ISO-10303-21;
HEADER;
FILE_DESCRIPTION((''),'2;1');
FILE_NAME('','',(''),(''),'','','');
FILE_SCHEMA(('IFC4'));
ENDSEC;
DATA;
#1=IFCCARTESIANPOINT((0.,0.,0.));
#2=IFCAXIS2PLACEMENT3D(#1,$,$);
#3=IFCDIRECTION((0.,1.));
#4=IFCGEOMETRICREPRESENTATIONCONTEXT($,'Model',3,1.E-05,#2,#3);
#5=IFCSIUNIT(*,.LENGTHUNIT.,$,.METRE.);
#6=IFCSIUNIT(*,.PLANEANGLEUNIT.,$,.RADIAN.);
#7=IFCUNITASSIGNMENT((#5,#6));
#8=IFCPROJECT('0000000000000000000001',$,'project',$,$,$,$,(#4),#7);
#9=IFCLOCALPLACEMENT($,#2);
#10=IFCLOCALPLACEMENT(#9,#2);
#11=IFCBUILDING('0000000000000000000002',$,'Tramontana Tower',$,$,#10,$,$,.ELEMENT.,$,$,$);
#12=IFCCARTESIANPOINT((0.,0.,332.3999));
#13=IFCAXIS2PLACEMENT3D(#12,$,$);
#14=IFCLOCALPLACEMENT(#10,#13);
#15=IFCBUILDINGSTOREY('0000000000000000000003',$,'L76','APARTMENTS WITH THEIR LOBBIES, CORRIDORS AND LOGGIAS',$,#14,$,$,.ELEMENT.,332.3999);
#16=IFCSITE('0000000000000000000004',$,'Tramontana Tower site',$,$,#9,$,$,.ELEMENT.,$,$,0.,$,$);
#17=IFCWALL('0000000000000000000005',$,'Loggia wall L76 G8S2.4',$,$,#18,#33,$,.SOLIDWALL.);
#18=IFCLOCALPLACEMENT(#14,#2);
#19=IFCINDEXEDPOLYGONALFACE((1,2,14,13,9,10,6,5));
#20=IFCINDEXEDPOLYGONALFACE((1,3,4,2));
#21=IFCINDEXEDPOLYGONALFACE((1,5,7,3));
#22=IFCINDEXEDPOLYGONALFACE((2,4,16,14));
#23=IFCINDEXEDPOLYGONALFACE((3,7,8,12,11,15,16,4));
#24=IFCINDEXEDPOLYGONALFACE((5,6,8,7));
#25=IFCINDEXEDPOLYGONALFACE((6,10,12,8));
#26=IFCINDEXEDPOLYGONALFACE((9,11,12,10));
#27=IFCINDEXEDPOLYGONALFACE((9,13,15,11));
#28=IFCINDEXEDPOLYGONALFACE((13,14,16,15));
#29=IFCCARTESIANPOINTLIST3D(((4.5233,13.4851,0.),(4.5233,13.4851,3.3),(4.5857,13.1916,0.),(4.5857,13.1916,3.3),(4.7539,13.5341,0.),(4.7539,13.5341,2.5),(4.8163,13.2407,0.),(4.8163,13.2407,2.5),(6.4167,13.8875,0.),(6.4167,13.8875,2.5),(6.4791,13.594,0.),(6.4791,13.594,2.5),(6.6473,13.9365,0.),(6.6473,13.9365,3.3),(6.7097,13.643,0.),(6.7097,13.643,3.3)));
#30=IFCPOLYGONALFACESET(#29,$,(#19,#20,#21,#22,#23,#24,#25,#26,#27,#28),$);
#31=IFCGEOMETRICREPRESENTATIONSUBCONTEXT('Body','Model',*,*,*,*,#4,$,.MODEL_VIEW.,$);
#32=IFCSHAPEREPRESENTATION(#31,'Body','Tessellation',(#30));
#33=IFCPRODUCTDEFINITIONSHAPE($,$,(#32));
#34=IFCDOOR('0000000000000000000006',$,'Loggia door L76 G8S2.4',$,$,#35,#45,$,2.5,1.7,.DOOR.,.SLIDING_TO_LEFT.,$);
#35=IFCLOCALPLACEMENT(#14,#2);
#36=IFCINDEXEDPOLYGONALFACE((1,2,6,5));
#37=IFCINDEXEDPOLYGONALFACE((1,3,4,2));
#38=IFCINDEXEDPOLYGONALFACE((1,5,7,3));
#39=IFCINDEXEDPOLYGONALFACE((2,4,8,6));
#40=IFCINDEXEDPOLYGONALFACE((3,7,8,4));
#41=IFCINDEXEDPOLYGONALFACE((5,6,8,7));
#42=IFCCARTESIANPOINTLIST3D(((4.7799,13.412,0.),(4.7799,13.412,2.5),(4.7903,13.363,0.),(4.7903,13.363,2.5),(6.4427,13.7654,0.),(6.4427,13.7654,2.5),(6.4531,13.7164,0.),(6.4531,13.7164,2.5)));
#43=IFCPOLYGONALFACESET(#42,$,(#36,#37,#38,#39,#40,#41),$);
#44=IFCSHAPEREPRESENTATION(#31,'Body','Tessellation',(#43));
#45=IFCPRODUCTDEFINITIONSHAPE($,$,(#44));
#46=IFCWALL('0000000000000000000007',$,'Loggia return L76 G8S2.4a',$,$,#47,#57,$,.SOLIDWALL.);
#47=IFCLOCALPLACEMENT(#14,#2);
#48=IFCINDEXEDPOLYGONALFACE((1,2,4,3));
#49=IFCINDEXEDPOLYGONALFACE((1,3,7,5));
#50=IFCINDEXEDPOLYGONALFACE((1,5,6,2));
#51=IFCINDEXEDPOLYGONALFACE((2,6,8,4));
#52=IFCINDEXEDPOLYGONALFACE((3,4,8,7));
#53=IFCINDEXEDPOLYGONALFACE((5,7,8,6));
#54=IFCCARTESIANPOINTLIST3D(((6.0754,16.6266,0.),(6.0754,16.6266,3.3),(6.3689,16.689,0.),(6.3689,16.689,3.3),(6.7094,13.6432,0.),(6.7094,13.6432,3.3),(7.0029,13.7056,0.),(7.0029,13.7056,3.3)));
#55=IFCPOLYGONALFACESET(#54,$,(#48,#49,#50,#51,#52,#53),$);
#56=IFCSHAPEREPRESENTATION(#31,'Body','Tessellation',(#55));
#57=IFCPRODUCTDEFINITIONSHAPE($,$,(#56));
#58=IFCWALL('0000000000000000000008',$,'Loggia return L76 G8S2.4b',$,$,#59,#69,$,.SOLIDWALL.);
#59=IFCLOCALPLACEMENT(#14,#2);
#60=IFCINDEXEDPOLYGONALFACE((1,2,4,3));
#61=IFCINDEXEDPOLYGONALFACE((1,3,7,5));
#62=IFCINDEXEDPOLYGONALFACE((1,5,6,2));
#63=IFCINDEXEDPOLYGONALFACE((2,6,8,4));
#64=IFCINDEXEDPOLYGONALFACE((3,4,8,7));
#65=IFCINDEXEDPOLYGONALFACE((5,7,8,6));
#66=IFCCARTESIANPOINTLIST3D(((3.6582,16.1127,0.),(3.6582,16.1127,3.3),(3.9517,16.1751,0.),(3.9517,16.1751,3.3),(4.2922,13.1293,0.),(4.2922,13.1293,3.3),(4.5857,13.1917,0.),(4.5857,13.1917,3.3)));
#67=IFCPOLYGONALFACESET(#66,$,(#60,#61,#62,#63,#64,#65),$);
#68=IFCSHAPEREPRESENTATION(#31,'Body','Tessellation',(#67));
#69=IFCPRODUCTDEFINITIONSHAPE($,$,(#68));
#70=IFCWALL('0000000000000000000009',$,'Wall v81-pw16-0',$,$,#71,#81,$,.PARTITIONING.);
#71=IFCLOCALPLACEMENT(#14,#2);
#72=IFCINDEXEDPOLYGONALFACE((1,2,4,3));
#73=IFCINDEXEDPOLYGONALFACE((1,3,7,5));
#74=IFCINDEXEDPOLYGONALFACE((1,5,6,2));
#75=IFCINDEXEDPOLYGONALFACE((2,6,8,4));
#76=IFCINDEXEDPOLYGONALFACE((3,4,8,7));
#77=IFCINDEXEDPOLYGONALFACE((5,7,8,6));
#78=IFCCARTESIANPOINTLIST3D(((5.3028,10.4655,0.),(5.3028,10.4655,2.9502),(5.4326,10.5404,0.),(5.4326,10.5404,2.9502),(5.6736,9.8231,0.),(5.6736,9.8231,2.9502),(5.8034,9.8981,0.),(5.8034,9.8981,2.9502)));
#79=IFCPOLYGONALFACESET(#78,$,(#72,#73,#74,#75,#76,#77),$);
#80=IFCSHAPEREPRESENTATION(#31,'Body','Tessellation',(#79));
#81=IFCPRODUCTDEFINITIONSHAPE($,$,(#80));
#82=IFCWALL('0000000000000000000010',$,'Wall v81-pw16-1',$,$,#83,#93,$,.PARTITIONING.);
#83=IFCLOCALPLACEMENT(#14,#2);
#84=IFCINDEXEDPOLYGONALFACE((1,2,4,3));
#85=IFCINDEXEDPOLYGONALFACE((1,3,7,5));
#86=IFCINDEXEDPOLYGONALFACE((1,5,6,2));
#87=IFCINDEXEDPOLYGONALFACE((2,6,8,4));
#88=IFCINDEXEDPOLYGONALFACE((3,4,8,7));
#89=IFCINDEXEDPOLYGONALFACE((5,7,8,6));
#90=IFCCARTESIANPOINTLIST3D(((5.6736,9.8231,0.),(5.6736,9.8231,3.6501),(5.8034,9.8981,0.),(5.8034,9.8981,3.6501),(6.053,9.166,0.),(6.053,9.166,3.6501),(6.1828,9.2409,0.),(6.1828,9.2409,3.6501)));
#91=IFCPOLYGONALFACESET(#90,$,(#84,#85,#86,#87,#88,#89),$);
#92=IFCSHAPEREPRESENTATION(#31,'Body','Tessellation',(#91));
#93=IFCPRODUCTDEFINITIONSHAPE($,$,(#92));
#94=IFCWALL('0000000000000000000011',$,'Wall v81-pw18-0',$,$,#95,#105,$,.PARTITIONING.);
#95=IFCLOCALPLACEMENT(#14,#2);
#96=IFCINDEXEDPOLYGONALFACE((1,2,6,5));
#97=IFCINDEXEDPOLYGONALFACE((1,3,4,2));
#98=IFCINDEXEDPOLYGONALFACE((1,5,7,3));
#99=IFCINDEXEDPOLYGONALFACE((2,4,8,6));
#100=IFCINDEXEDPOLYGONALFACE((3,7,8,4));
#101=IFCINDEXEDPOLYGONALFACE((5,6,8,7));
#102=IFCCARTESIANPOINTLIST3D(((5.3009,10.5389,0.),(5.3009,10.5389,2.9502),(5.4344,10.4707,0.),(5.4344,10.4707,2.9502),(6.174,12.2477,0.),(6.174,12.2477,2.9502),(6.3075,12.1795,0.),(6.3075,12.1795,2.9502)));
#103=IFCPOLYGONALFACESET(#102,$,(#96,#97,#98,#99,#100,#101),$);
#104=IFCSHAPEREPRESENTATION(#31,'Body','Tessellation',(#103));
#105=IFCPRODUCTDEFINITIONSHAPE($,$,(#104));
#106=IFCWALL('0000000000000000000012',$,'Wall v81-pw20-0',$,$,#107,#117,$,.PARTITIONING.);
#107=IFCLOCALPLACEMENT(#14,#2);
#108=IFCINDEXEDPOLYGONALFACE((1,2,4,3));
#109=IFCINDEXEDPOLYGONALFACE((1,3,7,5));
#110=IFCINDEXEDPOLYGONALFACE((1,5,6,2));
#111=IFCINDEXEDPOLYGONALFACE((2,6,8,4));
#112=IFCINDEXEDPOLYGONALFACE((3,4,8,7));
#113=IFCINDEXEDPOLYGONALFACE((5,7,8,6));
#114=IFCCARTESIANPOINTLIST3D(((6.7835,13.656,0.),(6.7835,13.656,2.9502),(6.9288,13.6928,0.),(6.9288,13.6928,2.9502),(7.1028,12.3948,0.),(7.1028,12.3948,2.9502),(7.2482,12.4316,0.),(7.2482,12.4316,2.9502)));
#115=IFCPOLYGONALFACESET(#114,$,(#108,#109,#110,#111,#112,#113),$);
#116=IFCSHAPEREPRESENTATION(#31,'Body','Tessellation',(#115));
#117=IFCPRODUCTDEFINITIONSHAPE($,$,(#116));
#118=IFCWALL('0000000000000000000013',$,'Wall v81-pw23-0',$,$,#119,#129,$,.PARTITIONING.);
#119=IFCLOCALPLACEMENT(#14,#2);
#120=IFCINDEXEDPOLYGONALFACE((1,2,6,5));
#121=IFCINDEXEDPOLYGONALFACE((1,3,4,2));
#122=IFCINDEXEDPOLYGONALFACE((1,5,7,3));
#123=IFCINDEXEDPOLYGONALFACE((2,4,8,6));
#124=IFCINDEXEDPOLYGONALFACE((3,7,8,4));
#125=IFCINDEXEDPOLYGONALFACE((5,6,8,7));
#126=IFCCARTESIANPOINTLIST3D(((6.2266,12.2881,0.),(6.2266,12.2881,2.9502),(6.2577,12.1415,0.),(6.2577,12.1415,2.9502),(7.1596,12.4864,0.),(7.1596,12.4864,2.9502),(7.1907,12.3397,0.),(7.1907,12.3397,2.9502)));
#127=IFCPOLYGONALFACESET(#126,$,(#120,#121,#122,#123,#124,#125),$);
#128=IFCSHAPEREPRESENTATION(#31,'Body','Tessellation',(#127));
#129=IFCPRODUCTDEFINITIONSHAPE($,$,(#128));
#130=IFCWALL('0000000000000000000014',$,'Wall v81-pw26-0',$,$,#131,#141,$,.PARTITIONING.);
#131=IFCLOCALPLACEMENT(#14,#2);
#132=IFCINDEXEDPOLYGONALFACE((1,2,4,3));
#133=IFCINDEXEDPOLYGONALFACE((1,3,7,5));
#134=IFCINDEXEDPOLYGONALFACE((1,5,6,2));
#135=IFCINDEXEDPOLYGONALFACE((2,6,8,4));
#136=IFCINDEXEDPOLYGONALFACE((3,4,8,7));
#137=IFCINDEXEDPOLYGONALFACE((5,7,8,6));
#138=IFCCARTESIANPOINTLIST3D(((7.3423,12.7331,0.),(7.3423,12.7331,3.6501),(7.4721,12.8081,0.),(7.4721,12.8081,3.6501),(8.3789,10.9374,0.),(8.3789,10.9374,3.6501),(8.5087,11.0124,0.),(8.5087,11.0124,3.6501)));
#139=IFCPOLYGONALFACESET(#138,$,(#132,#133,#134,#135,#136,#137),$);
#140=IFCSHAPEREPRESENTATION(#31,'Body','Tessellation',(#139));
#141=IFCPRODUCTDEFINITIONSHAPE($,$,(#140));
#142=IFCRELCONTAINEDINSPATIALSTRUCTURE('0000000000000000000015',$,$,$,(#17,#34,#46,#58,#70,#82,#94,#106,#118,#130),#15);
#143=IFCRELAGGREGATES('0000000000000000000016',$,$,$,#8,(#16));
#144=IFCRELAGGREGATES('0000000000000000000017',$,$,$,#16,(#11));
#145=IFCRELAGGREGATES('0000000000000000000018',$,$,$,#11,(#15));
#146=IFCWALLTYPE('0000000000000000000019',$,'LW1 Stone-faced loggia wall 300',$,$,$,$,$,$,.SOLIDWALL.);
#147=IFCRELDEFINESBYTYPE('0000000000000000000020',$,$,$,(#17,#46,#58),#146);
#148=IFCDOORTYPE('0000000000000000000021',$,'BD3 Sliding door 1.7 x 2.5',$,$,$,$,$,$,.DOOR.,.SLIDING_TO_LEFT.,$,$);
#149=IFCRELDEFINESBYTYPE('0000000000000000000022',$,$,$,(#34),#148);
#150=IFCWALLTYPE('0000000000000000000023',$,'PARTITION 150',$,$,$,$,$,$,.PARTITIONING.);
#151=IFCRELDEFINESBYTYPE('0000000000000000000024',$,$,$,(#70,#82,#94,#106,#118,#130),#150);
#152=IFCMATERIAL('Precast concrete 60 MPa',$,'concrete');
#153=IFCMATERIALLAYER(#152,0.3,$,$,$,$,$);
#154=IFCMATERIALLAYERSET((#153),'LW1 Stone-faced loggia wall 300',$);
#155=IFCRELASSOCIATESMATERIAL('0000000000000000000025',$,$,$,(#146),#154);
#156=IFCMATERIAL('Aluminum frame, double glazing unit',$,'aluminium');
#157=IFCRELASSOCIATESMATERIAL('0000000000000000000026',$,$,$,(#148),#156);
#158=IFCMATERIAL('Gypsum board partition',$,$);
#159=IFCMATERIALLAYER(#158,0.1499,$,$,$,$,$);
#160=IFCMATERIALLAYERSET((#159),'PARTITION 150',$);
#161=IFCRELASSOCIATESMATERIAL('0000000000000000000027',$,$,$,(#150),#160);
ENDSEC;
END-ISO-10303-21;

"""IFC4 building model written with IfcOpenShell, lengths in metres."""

from ifc_helpers import new_model, si_unit, direction, frame, frame_2d, origin, place, context, subcontext, project, spatial, rectangle, extrude, material, layer, layer_set, type_object, element, fill, save


model = new_model("IFC4")

# Units and contexts
model_context = context("Model", 3, precision=1e-05, world=origin(), true_north=direction((0.0, 1.0)))
body_context = subcontext(model_context, "Body", "Model", "MODEL_VIEW")
ifc_project = project(units=[si_unit("LENGTHUNIT", "METRE"), si_unit("PLANEANGLEUNIT", "RADIAN")], contexts=[model_context])

# Site, building, storey
site_placement = place(None, origin())
site = spatial("IfcSite", under=ifc_project, at=site_placement, Name="Tramontana Tower site", CompositionType="ELEMENT", RefElevation=0.0)
building_placement = place(site_placement, origin())
building = spatial("IfcBuilding", under=site, at=building_placement, Name="Tramontana Tower", CompositionType="ELEMENT")
storey_placement = place(building_placement, frame((0.0, 0.0, 332.3999)))
storey = spatial("IfcBuildingStorey", under=building, at=storey_placement, Name="L76", Description="APARTMENTS WITH THEIR LOBBIES, CORRIDORS AND LOGGIAS", CompositionType="ELEMENT", Elevation=332.3999)

# Wall, opening, door
ifc_material_1 = material(Name="Precast concrete 60 MPa", Category="concrete")
ifc_layer_1 = layer(ifc_material_1, 0.3)
ifc_layer_set_1 = layer_set([ifc_layer_1], Name="LW1 Stone-faced loggia wall 300")
wall_type_1 = type_object("IfcWallType", Name="LW1 Stone-faced loggia wall 300", PredefinedType="SOLIDWALL", material=ifc_layer_set_1)
wall_1_placement = place(storey_placement, frame((6.6785, 13.7898, 0.0), z_axis=(0.0, 0.0, 1.0), x_axis=(-0.978153, -0.207886, 0.0)))
wall_1 = element("IfcWall", 1, at=wall_1_placement, inside=storey, type_object=wall_type_1, Name="Loggia wall L76 G8S2.4", PredefinedType="SOLIDWALL", context=body_context, shape_type="SweptSolid", body=[
    extrude(rectangle(XDim=2.1714, YDim=0.3, at=frame_2d((1.0857, 0.0))), origin(), (0.0, 0.0, 1.0), 3.3),
])
opening_1_placement = place(wall_1_placement, frame((0.2356, 0.0, 0.0)))
opening_1 = element("IfcOpeningElement", 2, at=opening_1_placement, cuts=wall_1, PredefinedType="OPENING", context=body_context, shape_type="SweptSolid", body=[
    extrude(rectangle(XDim=1.7, YDim=2.5, at=frame_2d((0.8501, 1.25))), frame((0.0, 0.1599, 0.0), z_axis=(0.0, -1.0, 0.0), x_axis=(1.0, 0.0, 0.0)), (0.0, 0.0, 1.0), 0.3201),
])
ifc_material_2 = material(Name="Aluminum frame, double glazing unit", Category="aluminium")
door_type_1 = type_object("IfcDoorType", Name="BD3 Sliding door 1.7 x 2.5", OperationType="SLIDING_TO_LEFT", PredefinedType="DOOR", material=ifc_material_2)
door_1_placement = place(opening_1_placement, origin())
door_1 = element("IfcDoor", 3, at=door_1_placement, inside=storey, type_object=door_type_1, Name="Loggia door L76 G8S2.4", OperationType="SLIDING_TO_LEFT", OverallHeight=2.5, OverallWidth=1.7, PredefinedType="DOOR", context=body_context, shape_type="SweptSolid", body=[
    extrude(rectangle(XDim=1.7, YDim=2.5, at=frame_2d((0.8501, 1.25))), frame((0.0, 0.0249, 0.0), z_axis=(0.0, -1.0, 0.0), x_axis=(1.0, 0.0, 0.0)), (0.0, 0.0, 1.0), 0.05),
])
fill(opening_1, door_1)

# Walls
for number, where, z_axis, x_axis, name in (
    (4, (6.2222, 16.6577, 0.0), (0.0, 0.0, 1.0), (0.207878, -0.978155, 0.0), "Loggia return L76 G8S2.4a"),
    (5, (3.8049, 16.1438, 0.0), (0.0, 0.0, 1.0), (0.207878, -0.978155, 0.0), "Loggia return L76 G8S2.4b"),
):
    element("IfcWall", number, at=place(storey_placement, frame(where, z_axis=z_axis, x_axis=x_axis)), inside=storey, type_object=wall_type_1, Name=name, PredefinedType="SOLIDWALL", context=body_context, shape_type="SweptSolid", body=[
        extrude(rectangle(XDim=3.05, YDim=0.3, at=frame_2d((1.5249, 0.0))), origin(), (0.0, 0.0, 1.0), 3.3),
    ])
ifc_material_3 = material(Name="Gypsum board partition")
ifc_layer_2 = layer(ifc_material_3, 0.1499)
ifc_layer_set_2 = layer_set([ifc_layer_2], Name="PARTITION 150")
wall_type_2 = type_object("IfcWallType", Name="PARTITION 150", PredefinedType="PARTITIONING", material=ifc_layer_set_2)
wall_2_placement = place(storey_placement, frame((5.3677, 10.5029, 0.0), z_axis=(0.0, 0.0, 1.0), x_axis=(0.499998, -0.866027, 0.0)))
element("IfcWall", 6, at=wall_2_placement, inside=storey, type_object=wall_type_2, Name="Wall v81-pw16-0", PredefinedType="PARTITIONING", context=body_context, shape_type="SweptSolid", body=[
    extrude(rectangle(XDim=0.7417, YDim=0.1499, at=frame_2d((0.3708, 0.0))), origin(), (0.0, 0.0, 1.0), 2.9502),
])
wall_3_placement = place(storey_placement, frame((5.7385, 9.8606, 0.0), z_axis=(0.0, 0.0, 1.0), x_axis=(0.499945, -0.866057, 0.0)))
element("IfcWall", 7, at=wall_3_placement, inside=storey, type_object=wall_type_2, Name="Wall v81-pw16-1", PredefinedType="PARTITIONING", context=body_context, shape_type="SweptSolid", body=[
    extrude(rectangle(XDim=0.7588, YDim=0.1499, at=frame_2d((0.3794, 0.0))), origin(), (0.0, 0.0, 1.0), 3.6501),
])
wall_4_placement = place(storey_placement, frame((6.2407, 12.2136, 0.0), z_axis=(0.0, 0.0, 1.0), x_axis=(-0.454983, -0.8905, 0.0)))
element("IfcWall", 8, at=wall_4_placement, inside=storey, type_object=wall_type_2, Name="Wall v81-pw18-0", PredefinedType="PARTITIONING", context=body_context, shape_type="SweptSolid", body=[
    extrude(rectangle(XDim=1.9189, YDim=0.1499, at=frame_2d((0.9595, 0.0))), origin(), (0.0, 0.0, 1.0), 2.9502),
])
wall_5_placement = place(storey_placement, frame((6.8562, 13.6743, 0.0), z_axis=(0.0, 0.0, 1.0), x_axis=(0.245449, -0.96941, 0.0)))
element("IfcWall", 9, at=wall_5_placement, inside=storey, type_object=wall_type_2, Name="Wall v81-pw20-0", PredefinedType="PARTITIONING", context=body_context, shape_type="SweptSolid", body=[
    extrude(rectangle(XDim=1.301, YDim=0.1499, at=frame_2d((0.6504, 0.0))), origin(), (0.0, 0.0, 1.0), 2.9502),
])
wall_6_placement = place(storey_placement, frame((7.1753, 12.4131, 0.0), z_axis=(0.0, 0.0, 1.0), x_axis=(-0.978168, -0.207816, 0.0)))
element("IfcWall", 10, at=wall_6_placement, inside=storey, type_object=wall_type_2, Name="Wall v81-pw23-0", PredefinedType="PARTITIONING", context=body_context, shape_type="SweptSolid", body=[
    extrude(rectangle(XDim=0.9539, YDim=0.1499, at=frame_2d((0.4771, 0.0))), origin(), (0.0, 0.0, 1.0), 2.9502),
])
wall_7_placement = place(storey_placement, frame((7.4072, 12.7705, 0.0), z_axis=(0.0, 0.0, 1.0), x_axis=(0.499964, -0.866046, 0.0)))
element("IfcWall", 11, at=wall_7_placement, inside=storey, type_object=wall_type_2, Name="Wall v81-pw26-0", PredefinedType="PARTITIONING", context=body_context, shape_type="SweptSolid", body=[
    extrude(rectangle(XDim=2.0735, YDim=0.1499, at=frame_2d((1.0366, 0.0))), origin(), (0.0, 0.0, 1.0), 3.6501),
])

save(model, "model.ifc")
